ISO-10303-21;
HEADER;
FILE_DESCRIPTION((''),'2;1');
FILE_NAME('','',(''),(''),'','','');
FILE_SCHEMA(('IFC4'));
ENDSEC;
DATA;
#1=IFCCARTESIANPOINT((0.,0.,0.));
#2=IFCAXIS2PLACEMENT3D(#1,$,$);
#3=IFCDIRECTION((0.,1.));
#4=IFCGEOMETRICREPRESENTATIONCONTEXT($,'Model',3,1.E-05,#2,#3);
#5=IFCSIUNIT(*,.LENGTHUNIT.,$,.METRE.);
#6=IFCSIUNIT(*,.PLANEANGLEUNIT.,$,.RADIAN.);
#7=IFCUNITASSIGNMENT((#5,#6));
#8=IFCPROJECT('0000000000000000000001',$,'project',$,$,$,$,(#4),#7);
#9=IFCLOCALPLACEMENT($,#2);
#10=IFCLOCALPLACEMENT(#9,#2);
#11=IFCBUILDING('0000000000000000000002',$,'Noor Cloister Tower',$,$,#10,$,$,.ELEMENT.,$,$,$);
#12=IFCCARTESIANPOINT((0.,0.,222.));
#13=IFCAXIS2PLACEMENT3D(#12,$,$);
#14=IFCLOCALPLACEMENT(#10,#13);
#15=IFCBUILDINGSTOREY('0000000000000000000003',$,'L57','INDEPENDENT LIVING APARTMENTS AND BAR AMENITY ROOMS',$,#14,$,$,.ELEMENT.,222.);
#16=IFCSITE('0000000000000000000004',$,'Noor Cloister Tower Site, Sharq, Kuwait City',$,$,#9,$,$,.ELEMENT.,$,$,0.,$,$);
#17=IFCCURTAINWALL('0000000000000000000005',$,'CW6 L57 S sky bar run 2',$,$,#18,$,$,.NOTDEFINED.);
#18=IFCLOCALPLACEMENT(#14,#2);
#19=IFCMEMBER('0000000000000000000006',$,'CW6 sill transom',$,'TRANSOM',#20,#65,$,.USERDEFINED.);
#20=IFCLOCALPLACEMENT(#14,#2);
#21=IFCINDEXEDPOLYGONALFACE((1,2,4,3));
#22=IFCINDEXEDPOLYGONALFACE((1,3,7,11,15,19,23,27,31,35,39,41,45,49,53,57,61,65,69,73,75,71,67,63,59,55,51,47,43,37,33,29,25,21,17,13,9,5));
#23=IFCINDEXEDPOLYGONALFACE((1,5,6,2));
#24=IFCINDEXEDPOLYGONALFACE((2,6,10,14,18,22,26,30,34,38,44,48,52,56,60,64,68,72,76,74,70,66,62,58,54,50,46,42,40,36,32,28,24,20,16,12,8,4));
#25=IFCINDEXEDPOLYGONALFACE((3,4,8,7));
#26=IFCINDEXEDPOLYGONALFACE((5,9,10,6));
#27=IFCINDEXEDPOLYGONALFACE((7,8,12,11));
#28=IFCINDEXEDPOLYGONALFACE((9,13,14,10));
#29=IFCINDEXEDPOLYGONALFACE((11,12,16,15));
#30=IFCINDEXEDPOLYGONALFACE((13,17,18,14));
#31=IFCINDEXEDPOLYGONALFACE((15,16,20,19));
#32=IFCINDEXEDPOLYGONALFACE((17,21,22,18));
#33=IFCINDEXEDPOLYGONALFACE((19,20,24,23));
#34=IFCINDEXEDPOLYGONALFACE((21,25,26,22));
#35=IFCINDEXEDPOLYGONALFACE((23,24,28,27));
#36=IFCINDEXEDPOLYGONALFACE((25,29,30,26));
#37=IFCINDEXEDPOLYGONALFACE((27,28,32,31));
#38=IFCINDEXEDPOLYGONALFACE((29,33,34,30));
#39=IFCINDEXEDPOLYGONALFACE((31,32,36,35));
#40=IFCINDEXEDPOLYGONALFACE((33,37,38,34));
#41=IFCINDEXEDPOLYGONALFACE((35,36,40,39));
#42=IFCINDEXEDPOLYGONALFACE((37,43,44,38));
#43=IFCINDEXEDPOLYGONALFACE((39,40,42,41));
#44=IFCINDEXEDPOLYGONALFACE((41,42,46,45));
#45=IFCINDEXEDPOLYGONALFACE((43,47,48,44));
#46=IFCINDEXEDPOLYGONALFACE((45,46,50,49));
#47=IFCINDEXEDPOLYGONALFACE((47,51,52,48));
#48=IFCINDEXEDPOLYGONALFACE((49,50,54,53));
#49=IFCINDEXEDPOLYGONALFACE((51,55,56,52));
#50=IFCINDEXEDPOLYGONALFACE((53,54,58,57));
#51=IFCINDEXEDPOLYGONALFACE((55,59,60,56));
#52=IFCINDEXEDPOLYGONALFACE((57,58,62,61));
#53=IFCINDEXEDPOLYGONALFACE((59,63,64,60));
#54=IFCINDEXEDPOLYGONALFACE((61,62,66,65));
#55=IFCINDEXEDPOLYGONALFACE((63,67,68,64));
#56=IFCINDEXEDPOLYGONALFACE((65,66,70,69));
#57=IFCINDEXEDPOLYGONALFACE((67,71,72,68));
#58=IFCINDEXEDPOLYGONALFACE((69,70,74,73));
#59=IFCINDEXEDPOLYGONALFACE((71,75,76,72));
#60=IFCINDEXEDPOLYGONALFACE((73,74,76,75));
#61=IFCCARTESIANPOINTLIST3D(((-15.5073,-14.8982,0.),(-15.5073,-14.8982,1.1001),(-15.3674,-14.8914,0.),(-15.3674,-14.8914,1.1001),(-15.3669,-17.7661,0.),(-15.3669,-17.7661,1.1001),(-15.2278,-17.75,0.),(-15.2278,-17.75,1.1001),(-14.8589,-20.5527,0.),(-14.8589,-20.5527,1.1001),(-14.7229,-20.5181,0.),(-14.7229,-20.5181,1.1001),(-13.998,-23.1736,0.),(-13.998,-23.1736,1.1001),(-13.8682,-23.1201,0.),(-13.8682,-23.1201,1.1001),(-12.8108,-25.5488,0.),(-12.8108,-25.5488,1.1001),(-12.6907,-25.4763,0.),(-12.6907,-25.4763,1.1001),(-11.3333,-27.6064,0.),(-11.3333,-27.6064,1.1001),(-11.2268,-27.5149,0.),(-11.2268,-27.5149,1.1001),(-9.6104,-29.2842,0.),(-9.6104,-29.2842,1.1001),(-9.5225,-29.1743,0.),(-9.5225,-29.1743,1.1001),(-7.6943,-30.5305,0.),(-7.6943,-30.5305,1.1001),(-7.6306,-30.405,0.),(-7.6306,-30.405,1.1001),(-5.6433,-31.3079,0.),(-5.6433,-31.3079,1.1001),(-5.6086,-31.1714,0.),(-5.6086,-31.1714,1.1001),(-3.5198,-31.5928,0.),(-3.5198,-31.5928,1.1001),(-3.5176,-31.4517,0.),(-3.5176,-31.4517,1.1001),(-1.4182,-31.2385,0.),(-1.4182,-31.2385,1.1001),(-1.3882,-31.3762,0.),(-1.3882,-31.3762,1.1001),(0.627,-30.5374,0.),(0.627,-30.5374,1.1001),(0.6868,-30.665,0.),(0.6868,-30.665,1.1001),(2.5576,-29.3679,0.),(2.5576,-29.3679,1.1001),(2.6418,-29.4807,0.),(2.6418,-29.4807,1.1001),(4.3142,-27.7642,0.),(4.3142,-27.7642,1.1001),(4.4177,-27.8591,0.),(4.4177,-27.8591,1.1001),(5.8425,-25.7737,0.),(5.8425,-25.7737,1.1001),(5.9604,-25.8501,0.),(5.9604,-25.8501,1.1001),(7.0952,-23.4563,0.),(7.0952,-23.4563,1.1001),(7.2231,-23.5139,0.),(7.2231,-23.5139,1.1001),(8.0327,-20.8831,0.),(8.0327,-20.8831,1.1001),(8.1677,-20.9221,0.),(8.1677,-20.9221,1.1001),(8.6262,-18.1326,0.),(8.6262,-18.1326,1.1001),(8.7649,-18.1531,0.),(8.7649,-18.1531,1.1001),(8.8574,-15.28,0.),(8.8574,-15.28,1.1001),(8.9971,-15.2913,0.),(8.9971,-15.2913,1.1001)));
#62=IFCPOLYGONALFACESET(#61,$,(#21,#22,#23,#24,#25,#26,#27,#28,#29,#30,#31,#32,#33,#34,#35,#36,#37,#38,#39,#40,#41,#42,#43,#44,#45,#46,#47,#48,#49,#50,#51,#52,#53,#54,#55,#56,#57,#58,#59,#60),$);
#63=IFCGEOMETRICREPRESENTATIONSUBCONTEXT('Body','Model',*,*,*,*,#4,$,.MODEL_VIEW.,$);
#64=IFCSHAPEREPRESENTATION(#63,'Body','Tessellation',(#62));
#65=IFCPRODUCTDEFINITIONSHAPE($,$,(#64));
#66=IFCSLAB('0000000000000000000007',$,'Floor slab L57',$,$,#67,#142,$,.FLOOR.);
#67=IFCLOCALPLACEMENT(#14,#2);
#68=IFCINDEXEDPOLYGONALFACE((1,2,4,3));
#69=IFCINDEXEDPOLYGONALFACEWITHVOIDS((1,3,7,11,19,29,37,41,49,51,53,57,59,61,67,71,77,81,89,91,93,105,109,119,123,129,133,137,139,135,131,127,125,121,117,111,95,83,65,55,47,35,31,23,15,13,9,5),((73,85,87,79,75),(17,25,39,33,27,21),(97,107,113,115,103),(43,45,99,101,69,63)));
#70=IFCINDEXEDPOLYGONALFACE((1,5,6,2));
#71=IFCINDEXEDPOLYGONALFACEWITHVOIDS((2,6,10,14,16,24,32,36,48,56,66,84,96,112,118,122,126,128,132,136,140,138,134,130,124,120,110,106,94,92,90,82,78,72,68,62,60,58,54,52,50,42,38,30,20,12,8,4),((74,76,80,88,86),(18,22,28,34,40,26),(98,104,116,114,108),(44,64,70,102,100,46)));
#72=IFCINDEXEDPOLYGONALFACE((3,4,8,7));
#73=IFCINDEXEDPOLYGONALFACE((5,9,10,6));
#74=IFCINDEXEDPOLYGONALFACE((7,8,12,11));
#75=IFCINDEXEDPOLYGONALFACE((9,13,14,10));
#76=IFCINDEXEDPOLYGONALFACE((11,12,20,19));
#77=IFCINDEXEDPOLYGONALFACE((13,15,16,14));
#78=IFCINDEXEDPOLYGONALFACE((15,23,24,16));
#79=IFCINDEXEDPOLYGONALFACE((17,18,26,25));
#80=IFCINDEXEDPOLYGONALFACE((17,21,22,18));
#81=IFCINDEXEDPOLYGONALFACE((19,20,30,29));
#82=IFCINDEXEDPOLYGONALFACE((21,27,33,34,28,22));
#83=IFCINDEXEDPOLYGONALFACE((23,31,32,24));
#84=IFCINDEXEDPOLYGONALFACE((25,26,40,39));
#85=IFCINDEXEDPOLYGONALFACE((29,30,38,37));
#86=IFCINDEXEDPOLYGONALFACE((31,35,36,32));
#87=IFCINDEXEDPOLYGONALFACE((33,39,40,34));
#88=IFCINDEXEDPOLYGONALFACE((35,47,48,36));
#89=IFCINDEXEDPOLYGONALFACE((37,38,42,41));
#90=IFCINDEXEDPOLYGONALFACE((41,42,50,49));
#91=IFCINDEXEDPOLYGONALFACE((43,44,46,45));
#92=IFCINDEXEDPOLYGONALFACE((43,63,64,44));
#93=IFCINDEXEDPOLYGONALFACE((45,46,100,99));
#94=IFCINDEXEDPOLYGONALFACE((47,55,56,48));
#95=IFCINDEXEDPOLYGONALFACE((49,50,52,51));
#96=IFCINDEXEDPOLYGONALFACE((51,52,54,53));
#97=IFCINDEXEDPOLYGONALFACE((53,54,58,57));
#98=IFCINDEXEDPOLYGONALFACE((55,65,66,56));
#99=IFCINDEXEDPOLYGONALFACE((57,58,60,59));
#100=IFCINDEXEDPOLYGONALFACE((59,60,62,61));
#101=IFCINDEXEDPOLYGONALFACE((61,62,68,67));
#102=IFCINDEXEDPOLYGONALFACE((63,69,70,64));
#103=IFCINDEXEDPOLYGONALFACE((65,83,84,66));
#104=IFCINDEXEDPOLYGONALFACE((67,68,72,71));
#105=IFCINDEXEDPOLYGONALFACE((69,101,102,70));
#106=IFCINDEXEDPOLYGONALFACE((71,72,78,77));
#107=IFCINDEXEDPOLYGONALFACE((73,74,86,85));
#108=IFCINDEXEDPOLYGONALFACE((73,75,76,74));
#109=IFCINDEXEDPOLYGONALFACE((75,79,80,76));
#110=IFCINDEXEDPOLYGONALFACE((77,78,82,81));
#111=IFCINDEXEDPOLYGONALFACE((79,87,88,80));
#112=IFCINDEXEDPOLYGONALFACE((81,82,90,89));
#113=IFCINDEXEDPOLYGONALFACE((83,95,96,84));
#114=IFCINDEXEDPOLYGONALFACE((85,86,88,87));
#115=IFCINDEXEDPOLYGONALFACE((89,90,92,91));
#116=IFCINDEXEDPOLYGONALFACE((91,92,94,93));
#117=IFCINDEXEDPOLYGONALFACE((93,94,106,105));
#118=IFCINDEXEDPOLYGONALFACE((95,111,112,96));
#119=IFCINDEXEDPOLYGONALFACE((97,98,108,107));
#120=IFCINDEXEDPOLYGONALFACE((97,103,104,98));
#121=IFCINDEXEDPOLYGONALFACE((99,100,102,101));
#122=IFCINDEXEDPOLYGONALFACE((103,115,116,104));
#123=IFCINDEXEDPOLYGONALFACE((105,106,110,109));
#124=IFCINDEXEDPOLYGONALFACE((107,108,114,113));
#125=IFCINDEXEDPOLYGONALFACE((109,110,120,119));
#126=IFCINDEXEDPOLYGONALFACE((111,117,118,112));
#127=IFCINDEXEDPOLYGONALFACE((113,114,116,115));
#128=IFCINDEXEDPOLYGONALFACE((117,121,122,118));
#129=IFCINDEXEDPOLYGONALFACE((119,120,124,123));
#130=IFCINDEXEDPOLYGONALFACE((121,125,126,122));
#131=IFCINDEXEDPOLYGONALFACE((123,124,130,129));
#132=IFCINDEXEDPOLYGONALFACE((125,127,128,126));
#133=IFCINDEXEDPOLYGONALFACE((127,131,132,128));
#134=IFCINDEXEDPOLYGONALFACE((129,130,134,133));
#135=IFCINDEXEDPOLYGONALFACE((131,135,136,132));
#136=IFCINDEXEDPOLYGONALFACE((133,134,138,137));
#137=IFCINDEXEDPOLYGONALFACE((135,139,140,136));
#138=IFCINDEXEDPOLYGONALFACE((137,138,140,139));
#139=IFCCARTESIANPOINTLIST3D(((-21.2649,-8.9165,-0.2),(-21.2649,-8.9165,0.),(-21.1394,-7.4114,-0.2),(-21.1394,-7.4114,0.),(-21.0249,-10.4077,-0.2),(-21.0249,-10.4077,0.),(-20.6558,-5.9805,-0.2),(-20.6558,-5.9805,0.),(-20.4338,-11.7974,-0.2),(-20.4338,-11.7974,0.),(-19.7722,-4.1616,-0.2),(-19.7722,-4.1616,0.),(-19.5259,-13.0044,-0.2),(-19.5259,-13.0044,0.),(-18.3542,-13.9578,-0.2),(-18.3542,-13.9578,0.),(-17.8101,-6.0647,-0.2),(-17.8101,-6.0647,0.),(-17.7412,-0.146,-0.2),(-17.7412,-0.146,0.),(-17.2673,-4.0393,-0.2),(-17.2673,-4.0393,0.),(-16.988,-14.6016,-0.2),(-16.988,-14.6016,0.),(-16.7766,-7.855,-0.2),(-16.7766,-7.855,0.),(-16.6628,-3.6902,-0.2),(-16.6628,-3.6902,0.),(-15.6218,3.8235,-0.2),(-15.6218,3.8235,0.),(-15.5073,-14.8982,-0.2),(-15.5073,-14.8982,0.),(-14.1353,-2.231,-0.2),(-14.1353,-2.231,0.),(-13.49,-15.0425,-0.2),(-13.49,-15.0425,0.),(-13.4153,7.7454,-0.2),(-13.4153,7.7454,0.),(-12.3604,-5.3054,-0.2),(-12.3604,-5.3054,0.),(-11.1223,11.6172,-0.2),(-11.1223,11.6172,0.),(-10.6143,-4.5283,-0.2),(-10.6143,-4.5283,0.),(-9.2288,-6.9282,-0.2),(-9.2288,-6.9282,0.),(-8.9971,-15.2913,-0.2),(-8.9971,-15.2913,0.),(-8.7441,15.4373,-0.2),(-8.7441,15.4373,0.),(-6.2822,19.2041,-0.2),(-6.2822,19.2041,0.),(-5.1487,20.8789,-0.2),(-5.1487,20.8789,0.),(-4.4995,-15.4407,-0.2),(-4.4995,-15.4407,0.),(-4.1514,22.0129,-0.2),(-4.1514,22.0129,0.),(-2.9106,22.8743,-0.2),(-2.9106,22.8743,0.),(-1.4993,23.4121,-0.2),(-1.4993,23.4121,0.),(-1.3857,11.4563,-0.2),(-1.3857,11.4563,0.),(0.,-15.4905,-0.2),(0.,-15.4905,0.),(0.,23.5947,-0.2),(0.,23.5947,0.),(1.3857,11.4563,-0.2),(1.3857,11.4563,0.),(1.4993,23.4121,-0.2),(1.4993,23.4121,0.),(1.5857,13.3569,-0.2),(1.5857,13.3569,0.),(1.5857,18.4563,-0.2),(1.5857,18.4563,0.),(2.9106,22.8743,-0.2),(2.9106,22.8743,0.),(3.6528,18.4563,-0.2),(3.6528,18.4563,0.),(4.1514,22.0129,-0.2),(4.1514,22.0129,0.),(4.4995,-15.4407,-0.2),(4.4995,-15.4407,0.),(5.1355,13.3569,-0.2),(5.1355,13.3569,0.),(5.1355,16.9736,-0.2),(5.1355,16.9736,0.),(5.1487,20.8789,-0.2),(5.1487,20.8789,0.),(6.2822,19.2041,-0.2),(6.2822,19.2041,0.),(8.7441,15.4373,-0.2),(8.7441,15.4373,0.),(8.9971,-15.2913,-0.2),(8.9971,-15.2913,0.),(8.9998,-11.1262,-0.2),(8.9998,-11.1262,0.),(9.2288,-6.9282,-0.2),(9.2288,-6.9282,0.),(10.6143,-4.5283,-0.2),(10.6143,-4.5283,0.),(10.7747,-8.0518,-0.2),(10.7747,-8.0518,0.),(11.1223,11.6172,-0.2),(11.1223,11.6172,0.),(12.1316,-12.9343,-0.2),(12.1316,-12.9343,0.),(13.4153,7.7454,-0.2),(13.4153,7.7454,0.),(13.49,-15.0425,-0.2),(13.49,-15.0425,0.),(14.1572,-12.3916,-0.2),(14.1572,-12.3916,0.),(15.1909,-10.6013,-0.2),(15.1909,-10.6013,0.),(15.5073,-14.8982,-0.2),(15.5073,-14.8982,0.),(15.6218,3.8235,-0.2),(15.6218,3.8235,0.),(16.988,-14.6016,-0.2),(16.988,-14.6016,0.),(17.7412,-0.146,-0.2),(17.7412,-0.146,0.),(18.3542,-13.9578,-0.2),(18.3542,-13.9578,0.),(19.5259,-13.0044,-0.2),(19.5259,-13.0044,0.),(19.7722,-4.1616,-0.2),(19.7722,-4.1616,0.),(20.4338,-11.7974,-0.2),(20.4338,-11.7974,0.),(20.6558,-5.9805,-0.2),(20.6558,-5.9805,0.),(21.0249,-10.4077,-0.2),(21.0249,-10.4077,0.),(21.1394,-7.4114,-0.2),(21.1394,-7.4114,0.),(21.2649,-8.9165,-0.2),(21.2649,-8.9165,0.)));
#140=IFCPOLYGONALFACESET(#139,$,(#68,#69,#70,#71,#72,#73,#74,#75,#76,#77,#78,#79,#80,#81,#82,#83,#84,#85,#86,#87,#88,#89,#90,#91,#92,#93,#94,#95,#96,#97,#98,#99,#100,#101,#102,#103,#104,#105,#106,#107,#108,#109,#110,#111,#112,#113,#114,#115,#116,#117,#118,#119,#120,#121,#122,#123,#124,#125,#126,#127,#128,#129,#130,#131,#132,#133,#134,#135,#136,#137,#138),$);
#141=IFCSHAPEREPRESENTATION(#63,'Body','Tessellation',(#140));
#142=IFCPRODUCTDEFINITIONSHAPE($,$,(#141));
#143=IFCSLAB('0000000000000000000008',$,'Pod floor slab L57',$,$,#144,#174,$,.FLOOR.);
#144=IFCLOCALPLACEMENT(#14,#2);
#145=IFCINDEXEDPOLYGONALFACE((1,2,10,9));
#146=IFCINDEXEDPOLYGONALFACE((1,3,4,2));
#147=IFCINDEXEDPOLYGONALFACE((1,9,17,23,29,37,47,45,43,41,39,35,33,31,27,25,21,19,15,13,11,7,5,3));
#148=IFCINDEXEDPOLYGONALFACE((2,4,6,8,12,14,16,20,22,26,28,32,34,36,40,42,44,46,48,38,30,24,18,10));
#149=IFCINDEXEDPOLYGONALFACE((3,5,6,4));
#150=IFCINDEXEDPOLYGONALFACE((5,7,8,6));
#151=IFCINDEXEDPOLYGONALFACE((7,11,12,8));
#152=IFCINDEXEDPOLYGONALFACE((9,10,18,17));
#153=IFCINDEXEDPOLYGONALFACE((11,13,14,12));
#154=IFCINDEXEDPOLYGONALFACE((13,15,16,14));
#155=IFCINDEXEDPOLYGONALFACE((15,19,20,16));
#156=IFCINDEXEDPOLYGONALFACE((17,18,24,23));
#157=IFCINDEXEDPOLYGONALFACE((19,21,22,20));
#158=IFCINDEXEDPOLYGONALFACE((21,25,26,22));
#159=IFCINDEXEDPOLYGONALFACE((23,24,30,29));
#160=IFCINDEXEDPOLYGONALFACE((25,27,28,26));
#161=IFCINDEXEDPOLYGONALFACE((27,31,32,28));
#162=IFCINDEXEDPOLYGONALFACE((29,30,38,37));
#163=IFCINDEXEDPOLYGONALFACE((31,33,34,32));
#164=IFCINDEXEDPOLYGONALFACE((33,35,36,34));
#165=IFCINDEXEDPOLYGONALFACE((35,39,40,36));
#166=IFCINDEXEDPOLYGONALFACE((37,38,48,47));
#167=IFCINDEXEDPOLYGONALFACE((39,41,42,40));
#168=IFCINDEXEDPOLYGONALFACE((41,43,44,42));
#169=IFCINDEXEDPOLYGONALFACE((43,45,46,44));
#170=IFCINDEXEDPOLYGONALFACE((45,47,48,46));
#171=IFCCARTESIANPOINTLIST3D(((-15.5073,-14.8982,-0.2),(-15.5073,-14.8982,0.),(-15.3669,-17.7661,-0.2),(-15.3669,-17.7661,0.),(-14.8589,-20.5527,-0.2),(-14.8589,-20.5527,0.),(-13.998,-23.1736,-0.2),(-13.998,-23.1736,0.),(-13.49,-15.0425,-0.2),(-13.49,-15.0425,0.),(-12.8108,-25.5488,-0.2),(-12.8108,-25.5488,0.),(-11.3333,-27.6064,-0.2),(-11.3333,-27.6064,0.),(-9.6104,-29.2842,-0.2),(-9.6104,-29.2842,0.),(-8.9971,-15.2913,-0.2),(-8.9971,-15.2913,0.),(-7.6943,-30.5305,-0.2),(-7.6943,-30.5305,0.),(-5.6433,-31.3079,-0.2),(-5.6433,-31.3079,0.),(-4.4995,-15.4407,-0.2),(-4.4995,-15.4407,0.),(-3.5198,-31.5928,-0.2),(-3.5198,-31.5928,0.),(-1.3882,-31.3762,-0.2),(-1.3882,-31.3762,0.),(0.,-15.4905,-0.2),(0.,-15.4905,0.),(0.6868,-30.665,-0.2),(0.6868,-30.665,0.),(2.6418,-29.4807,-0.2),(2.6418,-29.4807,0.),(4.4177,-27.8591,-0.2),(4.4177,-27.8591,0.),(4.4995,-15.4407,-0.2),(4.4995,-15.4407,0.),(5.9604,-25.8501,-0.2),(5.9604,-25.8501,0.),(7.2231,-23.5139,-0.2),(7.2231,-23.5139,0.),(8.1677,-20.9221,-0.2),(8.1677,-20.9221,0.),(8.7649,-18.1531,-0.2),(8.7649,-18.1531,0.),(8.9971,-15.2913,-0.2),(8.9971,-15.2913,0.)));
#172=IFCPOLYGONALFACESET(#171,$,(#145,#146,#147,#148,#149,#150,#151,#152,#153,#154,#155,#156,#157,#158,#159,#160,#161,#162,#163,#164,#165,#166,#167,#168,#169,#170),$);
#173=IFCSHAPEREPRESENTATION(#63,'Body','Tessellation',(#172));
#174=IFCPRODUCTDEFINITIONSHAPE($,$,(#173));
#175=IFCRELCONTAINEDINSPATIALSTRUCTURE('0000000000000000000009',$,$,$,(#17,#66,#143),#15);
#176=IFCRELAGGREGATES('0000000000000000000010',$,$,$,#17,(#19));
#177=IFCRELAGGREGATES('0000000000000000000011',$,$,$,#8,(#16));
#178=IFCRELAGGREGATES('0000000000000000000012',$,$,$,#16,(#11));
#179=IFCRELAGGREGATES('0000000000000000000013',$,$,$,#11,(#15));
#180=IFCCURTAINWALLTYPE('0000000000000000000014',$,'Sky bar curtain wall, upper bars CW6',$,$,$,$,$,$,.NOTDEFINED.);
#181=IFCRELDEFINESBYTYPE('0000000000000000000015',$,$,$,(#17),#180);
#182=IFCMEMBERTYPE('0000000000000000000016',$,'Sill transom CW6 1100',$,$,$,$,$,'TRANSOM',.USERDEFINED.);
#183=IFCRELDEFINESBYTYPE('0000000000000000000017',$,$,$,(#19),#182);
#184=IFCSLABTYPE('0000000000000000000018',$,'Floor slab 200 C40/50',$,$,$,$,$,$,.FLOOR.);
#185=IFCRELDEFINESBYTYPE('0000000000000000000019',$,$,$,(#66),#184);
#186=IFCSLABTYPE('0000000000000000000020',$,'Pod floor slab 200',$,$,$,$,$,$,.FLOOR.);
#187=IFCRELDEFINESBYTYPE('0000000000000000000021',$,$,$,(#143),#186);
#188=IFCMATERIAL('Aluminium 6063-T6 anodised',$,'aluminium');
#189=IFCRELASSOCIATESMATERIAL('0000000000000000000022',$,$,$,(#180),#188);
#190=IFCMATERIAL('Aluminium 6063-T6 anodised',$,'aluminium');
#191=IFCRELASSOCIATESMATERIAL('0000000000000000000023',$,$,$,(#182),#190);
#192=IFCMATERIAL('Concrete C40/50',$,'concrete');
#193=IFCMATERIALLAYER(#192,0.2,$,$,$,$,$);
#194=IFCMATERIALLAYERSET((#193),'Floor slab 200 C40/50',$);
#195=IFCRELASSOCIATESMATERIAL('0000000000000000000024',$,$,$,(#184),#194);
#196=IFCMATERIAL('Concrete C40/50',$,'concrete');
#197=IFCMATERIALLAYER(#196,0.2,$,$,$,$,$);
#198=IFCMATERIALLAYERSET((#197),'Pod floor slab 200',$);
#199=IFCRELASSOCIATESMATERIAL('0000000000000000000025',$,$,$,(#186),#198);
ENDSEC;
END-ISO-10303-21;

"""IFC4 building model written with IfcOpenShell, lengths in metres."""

from ifc_helpers import new_model, si_unit, direction, frame, origin, place, context, subcontext, project, spatial, polyline, outline, extrude, material, layer, layer_set, type_object, element, aggregate, save


model = new_model("IFC4")

# Units and contexts
model_context = context("Model", 3, precision=1e-05, world=origin(), true_north=direction((0.0, 1.0)))
body_context = subcontext(model_context, "Body", "Model", "MODEL_VIEW")
ifc_project = project(units=[si_unit("LENGTHUNIT", "METRE"), si_unit("PLANEANGLEUNIT", "RADIAN")], contexts=[model_context])

# Site, building, storey
site_placement = place(None, origin())
site = spatial("IfcSite", under=ifc_project, at=site_placement, Name="Noor Cloister Tower Site, Sharq, Kuwait City", CompositionType="ELEMENT", RefElevation=0.0)
building_placement = place(site_placement, origin())
building = spatial("IfcBuilding", under=site, at=building_placement, Name="Noor Cloister Tower", CompositionType="ELEMENT")
storey_placement = place(building_placement, frame((0.0, 0.0, 222.0)))
storey = spatial("IfcBuildingStorey", under=building, at=storey_placement, Name="L57", Description="INDEPENDENT LIVING APARTMENTS AND BAR AMENITY ROOMS", CompositionType="ELEMENT", Elevation=222.0)

# Curtain wall
ifc_material_1 = material(Name="Aluminium 6063-T6 anodised", Category="aluminium")
curtain_wall_type_1 = type_object("IfcCurtainWallType", Name="Sky bar curtain wall, upper bars CW6", PredefinedType="NOTDEFINED", material=ifc_material_1)
curtain_wall_1_placement = place(storey_placement, origin())
curtain_wall_1 = element("IfcCurtainWall", 1, at=curtain_wall_1_placement, inside=storey, type_object=curtain_wall_type_1, Name="CW6 L57 S sky bar run 2", PredefinedType="NOTDEFINED")

# Member
ifc_material_2 = material(Name="Aluminium 6063-T6 anodised", Category="aluminium")
member_type_1 = type_object("IfcMemberType", Name="Sill transom CW6 1100", ElementType="TRANSOM", PredefinedType="USERDEFINED", material=ifc_material_2)
member_1_placement = place(storey_placement, origin())
member_1 = element("IfcMember", 2, at=member_1_placement, type_object=member_type_1, Name="CW6 sill transom", ObjectType="TRANSOM", PredefinedType="USERDEFINED", context=body_context, shape_type="SweptSolid", body=[
    extrude(outline(polyline([(-15.5073, -14.8982), (-15.3669, -17.7661), (-14.8589, -20.5527), (-13.998, -23.1736), (-12.8108, -25.5488), (-11.3333, -27.6064), (-9.6104, -29.2842), (-7.6943, -30.5305), (-5.6433, -31.3079), (-3.5198, -31.5928), (-1.3882, -31.3762), (0.6868, -30.665), (2.6418, -29.4807), (4.4177, -27.8591), (5.9604, -25.8501), (7.2231, -23.5139), (8.1677, -20.9221), (8.7649, -18.1531), (8.9971, -15.2913), (8.8574, -15.28), (8.6262, -18.1326), (8.0327, -20.8831), (7.0952, -23.4563), (5.8425, -25.7737), (4.3142, -27.7642), (2.5576, -29.3679), (0.627, -30.5374), (-1.4182, -31.2385), (-3.5176, -31.4517), (-5.6086, -31.1714), (-7.6306, -30.405), (-9.5225, -29.1743), (-11.2268, -27.5149), (-12.6907, -25.4763), (-13.8682, -23.1201), (-14.7229, -20.5181), (-15.2278, -17.75), (-15.3674, -14.8914), (-15.5073, -14.8982)])), origin(), (0.0, 0.0, 1.0), 1.1001),
])
aggregate(curtain_wall_1, [member_1])

# Slabs
ifc_material_3 = material(Name="Concrete C40/50", Category="concrete")
ifc_layer_1 = layer(ifc_material_3, 0.2)
ifc_layer_set_1 = layer_set([ifc_layer_1], Name="Floor slab 200 C40/50")
slab_type_1 = type_object("IfcSlabType", Name="Floor slab 200 C40/50", PredefinedType="FLOOR", material=ifc_layer_set_1)
slab_1_placement = place(storey_placement, frame((0.0, 0.0, -0.2)))
element("IfcSlab", 3, at=slab_1_placement, inside=storey, type_object=slab_type_1, Name="Floor slab L57", PredefinedType="FLOOR", context=body_context, shape_type="SweptSolid", body=[
    extrude(outline(polyline([(5.1487, 20.8789), (4.1514, 22.0129), (2.9106, 22.8743), (1.4993, 23.4121), (0.0, 23.5947), (-1.4993, 23.4121), (-2.9106, 22.8743), (-4.1514, 22.0129), (-5.1487, 20.8789), (-6.2822, 19.2041), (-8.7441, 15.4373), (-11.1223, 11.6172), (-13.4153, 7.7454), (-15.6218, 3.8235), (-17.7412, -0.146), (-19.7722, -4.1616), (-20.6558, -5.9805), (-21.1394, -7.4114), (-21.2649, -8.9165), (-21.0249, -10.4077), (-20.4338, -11.7974), (-19.5259, -13.0044), (-18.3542, -13.9578), (-16.988, -14.6016), (-15.5073, -14.8982), (-13.49, -15.0425), (-8.9971, -15.2913), (-4.4995, -15.4407), (0.0, -15.4905), (4.4995, -15.4407), (8.9971, -15.2913), (13.49, -15.0425), (15.5073, -14.8982), (16.988, -14.6016), (18.3542, -13.9578), (19.5259, -13.0044), (20.4338, -11.7974), (21.0249, -10.4077), (21.2649, -8.9165), (21.1394, -7.4114), (20.6558, -5.9805), (19.7722, -4.1616), (17.7412, -0.146), (15.6218, 3.8235), (13.4153, 7.7454), (11.1223, 11.6172), (8.7441, 15.4373), (6.2822, 19.2041), (5.1487, 20.8789)]), holes=[polyline([(8.9998, -11.1262), (12.1316, -12.9343), (14.1572, -12.3916), (15.1909, -10.6013), (10.7747, -8.0518), (8.9998, -11.1262)]), polyline([(-17.8101, -6.0647), (-16.7766, -7.855), (-12.3604, -5.3054), (-14.1353, -2.231), (-16.6628, -3.6902), (-17.2673, -4.0393), (-17.8101, -6.0647)]), polyline([(-10.6143, -4.5283), (-9.2288, -6.9282), (9.2288, -6.9282), (10.6143, -4.5283), (1.3857, 11.4563), (-1.3857, 11.4563), (-10.6143, -4.5283)]), polyline([(3.6528, 18.4563), (1.5857, 18.4563), (1.5857, 13.3569), (5.1355, 13.3569), (5.1355, 16.9736), (3.6528, 18.4563)])]), origin(), (0.0, 0.0, 1.0), 0.2),
])
ifc_material_4 = material(Name="Concrete C40/50", Category="concrete")
ifc_layer_2 = layer(ifc_material_4, 0.2)
ifc_layer_set_2 = layer_set([ifc_layer_2], Name="Pod floor slab 200")
slab_type_2 = type_object("IfcSlabType", Name="Pod floor slab 200", PredefinedType="FLOOR", material=ifc_layer_set_2)
slab_2_placement = place(storey_placement, frame((0.0, 0.0, -0.2)))
element("IfcSlab", 4, at=slab_2_placement, inside=storey, type_object=slab_type_2, Name="Pod floor slab L57", PredefinedType="FLOOR", context=body_context, shape_type="SweptSolid", body=[
    extrude(outline(polyline([(-15.5073, -14.8982), (-15.3669, -17.7661), (-14.8589, -20.5527), (-13.998, -23.1736), (-12.8108, -25.5488), (-11.3333, -27.6064), (-9.6104, -29.2842), (-7.6943, -30.5305), (-5.6433, -31.3079), (-3.5198, -31.5928), (-1.3882, -31.3762), (0.6868, -30.665), (2.6418, -29.4807), (4.4177, -27.8591), (5.9604, -25.8501), (7.2231, -23.5139), (8.1677, -20.9221), (8.7649, -18.1531), (8.9971, -15.2913), (4.4995, -15.4407), (0.0, -15.4905), (-4.4995, -15.4407), (-8.9971, -15.2913), (-13.49, -15.0425), (-15.5073, -14.8982)])), origin(), (0.0, 0.0, 1.0), 0.2),
])

save(model, "model.ifc")
